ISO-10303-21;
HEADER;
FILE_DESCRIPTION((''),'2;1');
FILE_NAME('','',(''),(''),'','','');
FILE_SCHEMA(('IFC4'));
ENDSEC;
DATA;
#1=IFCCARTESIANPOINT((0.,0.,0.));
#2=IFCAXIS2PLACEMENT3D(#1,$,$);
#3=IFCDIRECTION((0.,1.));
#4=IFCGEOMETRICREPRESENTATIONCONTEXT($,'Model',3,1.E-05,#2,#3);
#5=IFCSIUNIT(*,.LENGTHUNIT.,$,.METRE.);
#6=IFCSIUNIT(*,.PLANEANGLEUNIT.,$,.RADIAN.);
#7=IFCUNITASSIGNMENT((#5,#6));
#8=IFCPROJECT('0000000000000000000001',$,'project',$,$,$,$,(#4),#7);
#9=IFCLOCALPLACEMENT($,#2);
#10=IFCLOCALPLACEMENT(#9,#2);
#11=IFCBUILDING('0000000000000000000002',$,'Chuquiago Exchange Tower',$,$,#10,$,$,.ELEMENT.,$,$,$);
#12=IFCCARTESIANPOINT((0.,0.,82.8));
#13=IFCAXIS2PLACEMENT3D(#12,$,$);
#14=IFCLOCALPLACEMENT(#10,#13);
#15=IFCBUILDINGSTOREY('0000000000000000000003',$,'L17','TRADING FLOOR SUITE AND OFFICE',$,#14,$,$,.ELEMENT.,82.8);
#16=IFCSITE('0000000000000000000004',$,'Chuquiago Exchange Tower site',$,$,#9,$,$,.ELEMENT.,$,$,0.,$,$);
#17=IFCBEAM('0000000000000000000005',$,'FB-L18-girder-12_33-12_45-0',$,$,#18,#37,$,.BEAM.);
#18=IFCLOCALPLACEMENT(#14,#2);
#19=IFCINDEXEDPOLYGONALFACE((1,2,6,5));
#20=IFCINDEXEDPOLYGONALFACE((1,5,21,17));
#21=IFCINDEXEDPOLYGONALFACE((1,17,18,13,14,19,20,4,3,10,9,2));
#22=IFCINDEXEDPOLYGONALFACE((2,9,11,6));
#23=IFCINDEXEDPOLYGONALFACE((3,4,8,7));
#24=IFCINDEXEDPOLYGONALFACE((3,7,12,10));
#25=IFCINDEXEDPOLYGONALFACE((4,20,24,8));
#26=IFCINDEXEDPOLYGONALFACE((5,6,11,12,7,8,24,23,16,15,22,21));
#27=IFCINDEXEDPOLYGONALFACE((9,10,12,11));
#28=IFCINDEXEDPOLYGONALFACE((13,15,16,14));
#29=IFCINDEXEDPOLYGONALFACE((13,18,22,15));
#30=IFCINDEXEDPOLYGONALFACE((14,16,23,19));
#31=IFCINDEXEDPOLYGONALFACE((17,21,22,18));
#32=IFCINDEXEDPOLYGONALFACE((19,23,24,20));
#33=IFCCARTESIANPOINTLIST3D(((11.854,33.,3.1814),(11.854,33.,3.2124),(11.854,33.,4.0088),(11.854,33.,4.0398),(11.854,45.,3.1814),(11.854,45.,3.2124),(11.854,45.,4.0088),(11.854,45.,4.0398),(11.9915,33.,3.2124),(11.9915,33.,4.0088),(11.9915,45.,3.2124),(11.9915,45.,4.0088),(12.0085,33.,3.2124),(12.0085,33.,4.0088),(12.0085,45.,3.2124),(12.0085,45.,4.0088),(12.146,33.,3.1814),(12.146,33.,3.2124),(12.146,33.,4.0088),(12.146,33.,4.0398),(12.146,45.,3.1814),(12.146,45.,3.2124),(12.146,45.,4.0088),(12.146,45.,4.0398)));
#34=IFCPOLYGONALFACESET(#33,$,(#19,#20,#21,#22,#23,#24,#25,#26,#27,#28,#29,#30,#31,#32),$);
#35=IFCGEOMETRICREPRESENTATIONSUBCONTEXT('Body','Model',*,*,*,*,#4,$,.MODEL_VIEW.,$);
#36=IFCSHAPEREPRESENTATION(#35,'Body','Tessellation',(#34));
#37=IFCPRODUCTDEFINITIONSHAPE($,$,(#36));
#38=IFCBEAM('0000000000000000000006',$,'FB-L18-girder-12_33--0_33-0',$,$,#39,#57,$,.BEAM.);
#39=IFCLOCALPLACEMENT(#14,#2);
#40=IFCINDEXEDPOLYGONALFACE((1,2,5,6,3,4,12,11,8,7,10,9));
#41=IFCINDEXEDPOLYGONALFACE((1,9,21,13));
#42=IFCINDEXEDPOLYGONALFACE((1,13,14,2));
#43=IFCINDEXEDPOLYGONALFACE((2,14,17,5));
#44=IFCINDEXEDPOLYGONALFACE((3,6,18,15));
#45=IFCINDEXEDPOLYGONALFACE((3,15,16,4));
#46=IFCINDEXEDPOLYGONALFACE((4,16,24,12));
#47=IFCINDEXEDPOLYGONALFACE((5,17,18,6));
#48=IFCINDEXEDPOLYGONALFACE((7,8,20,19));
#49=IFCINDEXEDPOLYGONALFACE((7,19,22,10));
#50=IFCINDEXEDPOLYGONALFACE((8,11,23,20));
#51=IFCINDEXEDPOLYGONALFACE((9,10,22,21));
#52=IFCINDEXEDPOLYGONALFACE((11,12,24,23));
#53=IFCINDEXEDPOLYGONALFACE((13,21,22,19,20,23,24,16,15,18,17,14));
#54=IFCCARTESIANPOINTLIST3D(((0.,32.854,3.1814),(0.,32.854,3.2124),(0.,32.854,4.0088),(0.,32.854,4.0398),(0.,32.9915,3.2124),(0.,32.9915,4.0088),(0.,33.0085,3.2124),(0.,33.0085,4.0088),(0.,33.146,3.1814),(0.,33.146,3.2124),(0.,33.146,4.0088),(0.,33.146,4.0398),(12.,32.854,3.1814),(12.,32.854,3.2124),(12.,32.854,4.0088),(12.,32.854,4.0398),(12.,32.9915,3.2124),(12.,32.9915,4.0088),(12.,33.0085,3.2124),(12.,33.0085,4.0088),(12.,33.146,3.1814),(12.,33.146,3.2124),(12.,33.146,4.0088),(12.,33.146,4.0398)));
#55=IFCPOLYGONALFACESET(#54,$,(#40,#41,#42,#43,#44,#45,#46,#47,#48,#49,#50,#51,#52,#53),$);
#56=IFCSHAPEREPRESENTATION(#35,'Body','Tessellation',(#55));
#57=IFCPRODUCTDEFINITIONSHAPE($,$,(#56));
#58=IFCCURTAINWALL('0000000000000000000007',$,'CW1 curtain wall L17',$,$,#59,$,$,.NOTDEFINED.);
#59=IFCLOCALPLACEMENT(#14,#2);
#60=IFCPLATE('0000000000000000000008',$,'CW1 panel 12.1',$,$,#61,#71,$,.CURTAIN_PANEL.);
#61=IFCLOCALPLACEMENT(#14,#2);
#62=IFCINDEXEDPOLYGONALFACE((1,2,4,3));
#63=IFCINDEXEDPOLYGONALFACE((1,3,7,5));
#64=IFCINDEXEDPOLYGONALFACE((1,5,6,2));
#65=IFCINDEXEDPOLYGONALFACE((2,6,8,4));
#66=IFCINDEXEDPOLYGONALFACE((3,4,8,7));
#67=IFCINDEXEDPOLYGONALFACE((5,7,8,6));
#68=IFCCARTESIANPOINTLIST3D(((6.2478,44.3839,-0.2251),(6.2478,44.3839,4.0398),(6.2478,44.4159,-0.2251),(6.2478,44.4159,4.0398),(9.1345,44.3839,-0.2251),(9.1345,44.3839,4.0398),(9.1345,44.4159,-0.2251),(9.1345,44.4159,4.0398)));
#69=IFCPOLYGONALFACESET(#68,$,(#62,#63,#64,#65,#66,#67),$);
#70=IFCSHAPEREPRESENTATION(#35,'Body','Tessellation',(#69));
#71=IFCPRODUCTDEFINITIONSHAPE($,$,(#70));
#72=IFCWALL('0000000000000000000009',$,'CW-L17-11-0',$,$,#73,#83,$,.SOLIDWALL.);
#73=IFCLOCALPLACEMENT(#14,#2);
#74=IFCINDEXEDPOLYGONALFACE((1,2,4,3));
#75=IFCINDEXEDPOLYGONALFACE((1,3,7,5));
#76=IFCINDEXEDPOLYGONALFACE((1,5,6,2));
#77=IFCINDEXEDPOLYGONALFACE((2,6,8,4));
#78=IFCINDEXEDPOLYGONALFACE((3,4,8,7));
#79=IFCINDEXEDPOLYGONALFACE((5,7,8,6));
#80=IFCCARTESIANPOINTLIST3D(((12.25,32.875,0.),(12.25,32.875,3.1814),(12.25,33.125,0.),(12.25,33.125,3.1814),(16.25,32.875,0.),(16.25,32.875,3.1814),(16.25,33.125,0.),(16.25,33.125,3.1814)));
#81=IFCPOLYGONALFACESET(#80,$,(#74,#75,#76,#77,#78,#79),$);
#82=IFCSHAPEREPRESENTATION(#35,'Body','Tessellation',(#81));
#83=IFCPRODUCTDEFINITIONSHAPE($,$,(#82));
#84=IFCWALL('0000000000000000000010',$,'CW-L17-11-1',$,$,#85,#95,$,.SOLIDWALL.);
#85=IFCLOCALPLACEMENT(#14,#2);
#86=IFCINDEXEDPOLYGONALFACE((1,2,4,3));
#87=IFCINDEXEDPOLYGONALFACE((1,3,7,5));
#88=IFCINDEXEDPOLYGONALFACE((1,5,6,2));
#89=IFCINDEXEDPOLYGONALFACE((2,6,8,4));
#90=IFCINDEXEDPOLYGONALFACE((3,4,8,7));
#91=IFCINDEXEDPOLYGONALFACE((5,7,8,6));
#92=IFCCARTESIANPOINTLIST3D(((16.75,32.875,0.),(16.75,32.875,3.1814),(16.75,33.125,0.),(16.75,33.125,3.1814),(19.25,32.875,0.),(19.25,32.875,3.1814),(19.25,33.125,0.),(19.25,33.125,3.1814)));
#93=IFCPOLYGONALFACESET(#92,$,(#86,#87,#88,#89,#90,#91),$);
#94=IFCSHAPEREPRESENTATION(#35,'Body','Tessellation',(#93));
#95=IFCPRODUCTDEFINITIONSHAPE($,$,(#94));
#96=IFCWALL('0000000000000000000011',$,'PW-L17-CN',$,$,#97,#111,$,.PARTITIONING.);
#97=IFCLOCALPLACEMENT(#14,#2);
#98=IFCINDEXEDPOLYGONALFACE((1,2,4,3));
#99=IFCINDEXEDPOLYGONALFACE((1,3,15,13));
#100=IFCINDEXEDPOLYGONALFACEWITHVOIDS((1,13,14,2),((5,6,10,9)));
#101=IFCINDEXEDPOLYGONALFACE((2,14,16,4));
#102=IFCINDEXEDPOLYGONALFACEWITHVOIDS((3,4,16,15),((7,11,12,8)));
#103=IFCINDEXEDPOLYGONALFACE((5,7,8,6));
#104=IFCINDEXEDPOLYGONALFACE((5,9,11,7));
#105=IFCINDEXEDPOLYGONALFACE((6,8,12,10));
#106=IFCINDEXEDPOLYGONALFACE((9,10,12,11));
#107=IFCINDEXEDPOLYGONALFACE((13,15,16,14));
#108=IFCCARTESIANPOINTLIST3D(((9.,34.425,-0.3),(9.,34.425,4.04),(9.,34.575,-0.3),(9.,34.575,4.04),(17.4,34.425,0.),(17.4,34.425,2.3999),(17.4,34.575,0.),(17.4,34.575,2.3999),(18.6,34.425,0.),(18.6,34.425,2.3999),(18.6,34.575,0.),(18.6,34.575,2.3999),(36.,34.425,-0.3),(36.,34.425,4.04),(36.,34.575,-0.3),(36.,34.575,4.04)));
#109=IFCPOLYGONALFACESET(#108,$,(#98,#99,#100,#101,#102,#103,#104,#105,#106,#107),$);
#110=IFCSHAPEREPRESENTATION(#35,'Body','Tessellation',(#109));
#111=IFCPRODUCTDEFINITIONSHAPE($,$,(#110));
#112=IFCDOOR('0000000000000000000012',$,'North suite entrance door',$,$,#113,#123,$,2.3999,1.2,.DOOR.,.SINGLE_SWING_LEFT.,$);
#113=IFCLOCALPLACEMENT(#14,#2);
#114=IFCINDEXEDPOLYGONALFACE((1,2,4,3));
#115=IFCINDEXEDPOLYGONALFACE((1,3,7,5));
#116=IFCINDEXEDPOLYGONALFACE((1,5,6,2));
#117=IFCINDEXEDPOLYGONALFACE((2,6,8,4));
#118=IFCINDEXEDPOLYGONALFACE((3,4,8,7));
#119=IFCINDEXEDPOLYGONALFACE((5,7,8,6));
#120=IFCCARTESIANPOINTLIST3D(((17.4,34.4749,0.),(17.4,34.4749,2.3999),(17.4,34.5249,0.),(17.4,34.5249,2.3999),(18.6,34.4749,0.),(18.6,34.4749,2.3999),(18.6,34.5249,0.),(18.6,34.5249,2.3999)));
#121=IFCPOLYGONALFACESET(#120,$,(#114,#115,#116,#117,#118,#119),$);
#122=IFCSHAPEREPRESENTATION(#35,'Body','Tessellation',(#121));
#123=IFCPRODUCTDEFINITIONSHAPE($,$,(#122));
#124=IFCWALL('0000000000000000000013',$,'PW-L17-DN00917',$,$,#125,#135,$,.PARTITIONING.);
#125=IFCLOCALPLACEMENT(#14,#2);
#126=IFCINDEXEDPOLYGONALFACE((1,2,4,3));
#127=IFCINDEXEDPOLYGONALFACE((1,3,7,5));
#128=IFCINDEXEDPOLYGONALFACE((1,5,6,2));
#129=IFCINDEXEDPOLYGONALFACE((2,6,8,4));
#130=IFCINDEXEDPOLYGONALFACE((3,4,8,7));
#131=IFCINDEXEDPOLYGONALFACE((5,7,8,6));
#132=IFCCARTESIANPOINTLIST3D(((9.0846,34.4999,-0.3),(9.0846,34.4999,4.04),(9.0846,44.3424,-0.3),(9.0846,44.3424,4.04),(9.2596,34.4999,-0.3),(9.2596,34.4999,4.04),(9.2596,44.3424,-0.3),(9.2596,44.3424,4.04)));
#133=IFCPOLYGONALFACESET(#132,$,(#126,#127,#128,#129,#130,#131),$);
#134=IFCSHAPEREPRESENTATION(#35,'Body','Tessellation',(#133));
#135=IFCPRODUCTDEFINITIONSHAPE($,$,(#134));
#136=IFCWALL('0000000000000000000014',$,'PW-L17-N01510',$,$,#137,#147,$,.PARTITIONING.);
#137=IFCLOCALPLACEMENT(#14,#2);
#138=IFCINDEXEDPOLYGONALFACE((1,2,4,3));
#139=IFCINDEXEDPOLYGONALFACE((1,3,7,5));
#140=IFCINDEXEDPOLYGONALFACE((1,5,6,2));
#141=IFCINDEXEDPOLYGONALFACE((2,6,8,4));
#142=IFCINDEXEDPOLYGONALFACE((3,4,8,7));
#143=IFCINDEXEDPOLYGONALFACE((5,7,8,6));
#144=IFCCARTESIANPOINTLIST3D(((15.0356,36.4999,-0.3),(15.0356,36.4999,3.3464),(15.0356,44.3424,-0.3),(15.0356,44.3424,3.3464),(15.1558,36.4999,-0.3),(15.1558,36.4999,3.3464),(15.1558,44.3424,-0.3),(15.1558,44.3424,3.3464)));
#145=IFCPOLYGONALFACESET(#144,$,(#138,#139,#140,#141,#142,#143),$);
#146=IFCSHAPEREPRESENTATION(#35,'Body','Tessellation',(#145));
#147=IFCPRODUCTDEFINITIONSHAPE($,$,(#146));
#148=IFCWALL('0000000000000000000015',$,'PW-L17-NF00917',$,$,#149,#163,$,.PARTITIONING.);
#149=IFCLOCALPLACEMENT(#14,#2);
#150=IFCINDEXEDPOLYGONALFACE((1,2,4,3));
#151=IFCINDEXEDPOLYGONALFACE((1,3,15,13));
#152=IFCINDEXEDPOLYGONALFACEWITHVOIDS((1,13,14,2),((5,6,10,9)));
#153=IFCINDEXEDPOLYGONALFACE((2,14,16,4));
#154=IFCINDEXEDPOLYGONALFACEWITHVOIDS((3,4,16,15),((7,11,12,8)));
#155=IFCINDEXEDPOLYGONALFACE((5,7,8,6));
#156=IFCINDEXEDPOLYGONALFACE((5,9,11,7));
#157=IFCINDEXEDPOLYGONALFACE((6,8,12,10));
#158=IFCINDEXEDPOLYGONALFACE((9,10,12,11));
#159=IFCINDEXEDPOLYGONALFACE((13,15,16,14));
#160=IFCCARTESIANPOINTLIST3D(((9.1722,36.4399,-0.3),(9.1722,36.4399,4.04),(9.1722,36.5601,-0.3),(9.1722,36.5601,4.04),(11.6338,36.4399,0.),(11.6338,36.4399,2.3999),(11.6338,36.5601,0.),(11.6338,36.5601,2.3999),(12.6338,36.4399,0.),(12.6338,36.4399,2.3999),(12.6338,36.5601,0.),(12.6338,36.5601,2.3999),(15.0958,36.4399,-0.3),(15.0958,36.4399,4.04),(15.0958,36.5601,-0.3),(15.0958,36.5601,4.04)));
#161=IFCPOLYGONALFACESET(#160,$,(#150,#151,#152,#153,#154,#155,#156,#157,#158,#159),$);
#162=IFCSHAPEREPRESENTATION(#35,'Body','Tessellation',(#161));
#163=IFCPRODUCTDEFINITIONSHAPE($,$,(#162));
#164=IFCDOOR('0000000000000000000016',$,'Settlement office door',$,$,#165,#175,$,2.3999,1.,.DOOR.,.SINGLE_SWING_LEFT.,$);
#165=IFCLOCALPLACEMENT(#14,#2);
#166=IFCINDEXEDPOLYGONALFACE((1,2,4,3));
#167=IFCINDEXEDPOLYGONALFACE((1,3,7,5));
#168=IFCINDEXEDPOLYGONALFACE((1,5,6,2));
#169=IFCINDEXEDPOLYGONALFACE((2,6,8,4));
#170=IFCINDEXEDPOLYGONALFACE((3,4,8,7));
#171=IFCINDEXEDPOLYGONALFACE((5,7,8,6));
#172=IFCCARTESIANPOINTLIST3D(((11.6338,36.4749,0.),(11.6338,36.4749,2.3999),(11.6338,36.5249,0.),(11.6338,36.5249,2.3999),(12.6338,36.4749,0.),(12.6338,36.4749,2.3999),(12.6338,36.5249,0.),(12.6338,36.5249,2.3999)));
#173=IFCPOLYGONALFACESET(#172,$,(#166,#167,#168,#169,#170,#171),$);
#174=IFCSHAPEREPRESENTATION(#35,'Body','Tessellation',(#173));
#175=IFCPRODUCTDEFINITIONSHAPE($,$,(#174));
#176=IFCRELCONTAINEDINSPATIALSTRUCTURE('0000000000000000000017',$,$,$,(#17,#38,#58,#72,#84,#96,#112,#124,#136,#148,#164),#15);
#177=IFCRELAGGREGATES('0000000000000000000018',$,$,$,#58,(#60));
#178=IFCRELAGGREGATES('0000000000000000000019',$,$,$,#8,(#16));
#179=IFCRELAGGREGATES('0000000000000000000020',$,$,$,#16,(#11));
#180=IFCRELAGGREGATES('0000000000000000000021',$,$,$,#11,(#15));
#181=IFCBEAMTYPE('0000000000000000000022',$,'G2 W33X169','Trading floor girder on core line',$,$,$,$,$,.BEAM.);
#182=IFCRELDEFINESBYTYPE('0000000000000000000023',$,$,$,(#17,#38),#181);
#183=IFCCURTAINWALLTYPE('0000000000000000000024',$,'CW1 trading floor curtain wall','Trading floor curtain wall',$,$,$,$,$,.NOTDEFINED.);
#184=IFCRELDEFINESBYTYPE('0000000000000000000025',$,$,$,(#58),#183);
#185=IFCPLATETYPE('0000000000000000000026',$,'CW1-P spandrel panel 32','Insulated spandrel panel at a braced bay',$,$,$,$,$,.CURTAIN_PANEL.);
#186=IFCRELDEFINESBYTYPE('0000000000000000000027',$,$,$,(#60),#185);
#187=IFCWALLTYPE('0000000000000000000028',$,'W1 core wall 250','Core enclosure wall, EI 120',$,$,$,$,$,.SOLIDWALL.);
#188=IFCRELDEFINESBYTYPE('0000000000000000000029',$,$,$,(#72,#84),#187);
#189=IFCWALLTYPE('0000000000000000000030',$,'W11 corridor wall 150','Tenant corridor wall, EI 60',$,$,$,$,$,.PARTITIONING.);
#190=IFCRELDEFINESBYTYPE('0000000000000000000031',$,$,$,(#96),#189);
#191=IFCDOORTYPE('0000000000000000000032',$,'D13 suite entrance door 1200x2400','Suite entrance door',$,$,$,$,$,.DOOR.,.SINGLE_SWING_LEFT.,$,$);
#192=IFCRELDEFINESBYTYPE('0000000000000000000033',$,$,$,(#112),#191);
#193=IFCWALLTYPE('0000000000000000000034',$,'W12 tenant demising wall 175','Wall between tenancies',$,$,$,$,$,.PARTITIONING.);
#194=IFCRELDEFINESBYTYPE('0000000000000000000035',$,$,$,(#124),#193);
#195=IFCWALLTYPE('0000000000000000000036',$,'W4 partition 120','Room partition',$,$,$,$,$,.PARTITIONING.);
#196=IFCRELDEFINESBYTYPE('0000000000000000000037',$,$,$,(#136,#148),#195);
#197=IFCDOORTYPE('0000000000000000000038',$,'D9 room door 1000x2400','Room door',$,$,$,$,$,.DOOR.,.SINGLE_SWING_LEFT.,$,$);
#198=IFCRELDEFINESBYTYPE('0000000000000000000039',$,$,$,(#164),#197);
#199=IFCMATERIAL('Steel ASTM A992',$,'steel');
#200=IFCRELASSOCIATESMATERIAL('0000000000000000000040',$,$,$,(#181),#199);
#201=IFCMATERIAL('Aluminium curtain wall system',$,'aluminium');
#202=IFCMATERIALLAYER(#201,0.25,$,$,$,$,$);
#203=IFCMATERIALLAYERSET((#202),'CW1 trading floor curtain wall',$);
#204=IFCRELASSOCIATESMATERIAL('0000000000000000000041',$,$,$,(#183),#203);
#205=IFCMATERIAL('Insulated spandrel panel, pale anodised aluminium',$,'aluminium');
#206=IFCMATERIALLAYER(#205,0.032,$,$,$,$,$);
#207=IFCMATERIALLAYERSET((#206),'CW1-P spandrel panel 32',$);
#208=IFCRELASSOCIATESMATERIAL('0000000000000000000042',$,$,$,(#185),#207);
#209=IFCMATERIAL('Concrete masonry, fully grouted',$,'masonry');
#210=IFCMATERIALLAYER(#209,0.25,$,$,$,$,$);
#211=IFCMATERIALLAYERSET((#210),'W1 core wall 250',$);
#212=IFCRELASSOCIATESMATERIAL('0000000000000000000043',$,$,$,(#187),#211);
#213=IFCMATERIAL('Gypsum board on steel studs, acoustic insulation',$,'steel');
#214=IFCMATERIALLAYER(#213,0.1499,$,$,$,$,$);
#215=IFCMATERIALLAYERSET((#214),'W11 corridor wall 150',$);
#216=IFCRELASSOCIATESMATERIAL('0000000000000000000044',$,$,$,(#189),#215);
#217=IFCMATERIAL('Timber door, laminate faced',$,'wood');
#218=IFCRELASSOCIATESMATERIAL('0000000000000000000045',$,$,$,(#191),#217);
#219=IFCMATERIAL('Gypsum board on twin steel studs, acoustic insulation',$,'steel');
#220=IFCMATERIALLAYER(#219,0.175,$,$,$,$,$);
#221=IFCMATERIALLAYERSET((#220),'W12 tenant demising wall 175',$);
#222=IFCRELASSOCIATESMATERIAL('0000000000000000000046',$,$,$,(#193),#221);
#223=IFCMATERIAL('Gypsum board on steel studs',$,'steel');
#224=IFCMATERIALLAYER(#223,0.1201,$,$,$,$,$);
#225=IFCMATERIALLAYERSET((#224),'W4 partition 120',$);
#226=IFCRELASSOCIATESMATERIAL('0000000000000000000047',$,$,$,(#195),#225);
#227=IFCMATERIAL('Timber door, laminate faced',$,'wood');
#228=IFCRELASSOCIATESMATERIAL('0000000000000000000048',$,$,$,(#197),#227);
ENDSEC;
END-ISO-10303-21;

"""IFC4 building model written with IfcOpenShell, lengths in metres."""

from ifc_helpers import new_model, si_unit, direction, frame, frame_2d, origin, origin_2d, place, context, subcontext, project, spatial, rectangle, i_section, extrude, material, layer, layer_set, material_profile, profile_set, type_object, element, fill, aggregate, save


model = new_model("IFC4")

# Units and contexts
model_context = context("Model", 3, precision=1e-05, world=origin(), true_north=direction((0.0, 1.0)))
body_context = subcontext(model_context, "Body", "Model", "MODEL_VIEW")
ifc_project = project(units=[si_unit("LENGTHUNIT", "METRE"), si_unit("PLANEANGLEUNIT", "RADIAN")], contexts=[model_context])

# Site, building, storey
site_placement = place(None, origin())
site = spatial("IfcSite", under=ifc_project, at=site_placement, Name="Chuquiago Exchange Tower site", CompositionType="ELEMENT", RefElevation=0.0)
building_placement = place(site_placement, origin())
building = spatial("IfcBuilding", under=site, at=building_placement, Name="Chuquiago Exchange Tower", CompositionType="ELEMENT")
storey_placement = place(building_placement, frame((0.0, 0.0, 82.8)))
storey = spatial("IfcBuildingStorey", under=building, at=storey_placement, Name="L17", Description="TRADING FLOOR SUITE AND OFFICE", CompositionType="ELEMENT", Elevation=82.8)

# Beams
ifc_material_1 = material(Name="Steel ASTM A992", Category="steel")
ifc_material_profile_1 = material_profile(ifc_material_1, i_section(OverallWidth=0.292, OverallDepth=0.8584, WebThickness=0.0171, FlangeThickness=0.031, at=origin_2d()), Name="W33X169")
ifc_profile_set_1 = profile_set([ifc_material_profile_1], Name="Steel ASTM A992")
beam_type_1 = type_object("IfcBeamType", Name="G2 W33X169", Description="Trading floor girder on core line", PredefinedType="BEAM", material=ifc_profile_set_1)
for number, where, z_axis, x_axis, name in (
    (1, (12.0, 33.0, 3.6106), (0.0, 1.0, 0.0), (-1.0, 0.0, 0.0), "FB-L18-girder-12_33-12_45-0"),
    (2, (12.0, 33.0, 3.6106), (-1.0, 0.0, 0.0), (0.0, -1.0, 0.0), "FB-L18-girder-12_33--0_33-0"),
):
    element("IfcBeam", number, at=place(storey_placement, frame(where, z_axis=z_axis, x_axis=x_axis)), inside=storey, type_object=beam_type_1, Name=name, PredefinedType="BEAM", context=body_context, shape_type="SweptSolid", body=[
        extrude(i_section(OverallWidth=0.292, OverallDepth=0.8584, WebThickness=0.0171, FlangeThickness=0.031, at=origin_2d()), origin(), (0.0, 0.0, 1.0), 12.0),
    ])

# Curtain wall, plate
ifc_material_2 = material(Name="Aluminium curtain wall system", Category="aluminium")
ifc_layer_1 = layer(ifc_material_2, 0.25)
ifc_layer_set_1 = layer_set([ifc_layer_1], Name="CW1 trading floor curtain wall")
curtain_wall_type = type_object("IfcCurtainWallType", Name="CW1 trading floor curtain wall", Description="Trading floor curtain wall", PredefinedType="NOTDEFINED", material=ifc_layer_set_1)
curtain_wall_placement = place(storey_placement, origin())
curtain_wall = element("IfcCurtainWall", 3, at=curtain_wall_placement, inside=storey, type_object=curtain_wall_type, Name="CW1 curtain wall L17", PredefinedType="NOTDEFINED")
ifc_material_3 = material(Name="Insulated spandrel panel, pale anodised aluminium", Category="aluminium")
ifc_layer_2 = layer(ifc_material_3, 0.032)
ifc_layer_set_2 = layer_set([ifc_layer_2], Name="CW1-P spandrel panel 32")
plate_type = type_object("IfcPlateType", Name="CW1-P spandrel panel 32", Description="Insulated spandrel panel at a braced bay", PredefinedType="CURTAIN_PANEL", material=ifc_layer_set_2)
plate_placement = place(storey_placement, frame((7.6912, 44.3999, -0.2251), z_axis=(0.0, 0.0, 1.0), x_axis=(-1.0, 0.0, 0.0)))
plate = element("IfcPlate", 4, at=plate_placement, type_object=plate_type, Name="CW1 panel 12.1", PredefinedType="CURTAIN_PANEL", context=body_context, shape_type="SweptSolid", body=[
    extrude(rectangle(XDim=2.8867, YDim=0.032, at=origin_2d()), origin(), (0.0, 0.0, 1.0), 4.2649),
])
aggregate(curtain_wall, [plate])

# Walls
ifc_material_4 = material(Name="Concrete masonry, fully grouted", Category="masonry")
ifc_layer_3 = layer(ifc_material_4, 0.25)
ifc_layer_set_3 = layer_set([ifc_layer_3], Name="W1 core wall 250")
wall_type_1 = type_object("IfcWallType", Name="W1 core wall 250", Description="Core enclosure wall, EI 120", PredefinedType="SOLIDWALL", material=ifc_layer_set_3)
wall_1_placement = place(storey_placement, frame((12.25, 33.0, 0.0), z_axis=(0.0, 0.0, 1.0), x_axis=(1.0, 0.0, 0.0)))
element("IfcWall", 5, at=wall_1_placement, inside=storey, type_object=wall_type_1, Name="CW-L17-11-0", PredefinedType="SOLIDWALL", context=body_context, shape_type="SweptSolid", body=[
    extrude(rectangle(XDim=4.0, YDim=0.25, at=frame_2d((2.0, 0.0))), origin(), (0.0, 0.0, 1.0), 3.1814),
])
wall_2_placement = place(storey_placement, frame((16.75, 33.0, 0.0), z_axis=(0.0, 0.0, 1.0), x_axis=(1.0, 0.0, 0.0)))
element("IfcWall", 6, at=wall_2_placement, inside=storey, type_object=wall_type_1, Name="CW-L17-11-1", PredefinedType="SOLIDWALL", context=body_context, shape_type="SweptSolid", body=[
    extrude(rectangle(XDim=2.5, YDim=0.25, at=frame_2d((1.25, 0.0))), origin(), (0.0, 0.0, 1.0), 3.1814),
])

# Wall, opening, door
ifc_material_5 = material(Name="Gypsum board on steel studs, acoustic insulation", Category="steel")
ifc_layer_4 = layer(ifc_material_5, 0.1499)
ifc_layer_set_4 = layer_set([ifc_layer_4], Name="W11 corridor wall 150")
wall_type_2 = type_object("IfcWallType", Name="W11 corridor wall 150", Description="Tenant corridor wall, EI 60", PredefinedType="PARTITIONING", material=ifc_layer_set_4)
wall_3_placement = place(storey_placement, frame((9.0, 34.5, -0.3), z_axis=(0.0, 0.0, 1.0), x_axis=(1.0, 0.0, 0.0)))
wall_3 = element("IfcWall", 7, at=wall_3_placement, inside=storey, type_object=wall_type_2, Name="PW-L17-CN", PredefinedType="PARTITIONING", context=body_context, shape_type="SweptSolid", body=[
    extrude(rectangle(XDim=27.0, YDim=0.1499, at=frame_2d((13.5, 0.0))), origin(), (0.0, 0.0, 1.0), 4.3401),
])
opening_1_placement = place(wall_3_placement, frame((8.3999, 0.0, 0.3)))
opening_1 = element("IfcOpeningElement", 8, at=opening_1_placement, cuts=wall_3, PredefinedType="OPENING", context=body_context, shape_type="SweptSolid", body=[
    extrude(rectangle(XDim=1.2, YDim=2.3999, at=frame_2d((0.6001, 1.2))), frame((0.0, 0.085, 0.0), z_axis=(0.0, -1.0, 0.0), x_axis=(1.0, 0.0, 0.0)), (0.0, 0.0, 1.0), 0.1699),
])
ifc_material_6 = material(Name="Timber door, laminate faced", Category="wood")
door_type_1 = type_object("IfcDoorType", Name="D13 suite entrance door 1200x2400", Description="Suite entrance door", OperationType="SINGLE_SWING_LEFT", PredefinedType="DOOR", material=ifc_material_6)
door_1_placement = place(opening_1_placement, origin())
door_1 = element("IfcDoor", 9, at=door_1_placement, inside=storey, type_object=door_type_1, Name="North suite entrance door", OperationType="SINGLE_SWING_LEFT", OverallHeight=2.3999, OverallWidth=1.2, PredefinedType="DOOR", context=body_context, shape_type="SweptSolid", body=[
    extrude(rectangle(XDim=1.2, YDim=2.3999, at=frame_2d((0.6001, 1.2))), frame((0.0, 0.0249, 0.0), z_axis=(0.0, -1.0, 0.0), x_axis=(1.0, 0.0, 0.0)), (0.0, 0.0, 1.0), 0.05),
])
fill(opening_1, door_1)

# Walls
ifc_material_7 = material(Name="Gypsum board on twin steel studs, acoustic insulation", Category="steel")
ifc_layer_5 = layer(ifc_material_7, 0.175)
ifc_layer_set_5 = layer_set([ifc_layer_5], Name="W12 tenant demising wall 175")
wall_type_3 = type_object("IfcWallType", Name="W12 tenant demising wall 175", Description="Wall between tenancies", PredefinedType="PARTITIONING", material=ifc_layer_set_5)
wall_4_placement = place(storey_placement, frame((9.1721, 44.3425, -0.3), z_axis=(0.0, 0.0, 1.0), x_axis=(0.0, -1.0, 0.0)))
element("IfcWall", 10, at=wall_4_placement, inside=storey, type_object=wall_type_3, Name="PW-L17-DN00917", PredefinedType="PARTITIONING", context=body_context, shape_type="SweptSolid", body=[
    extrude(rectangle(XDim=9.8425, YDim=0.175, at=frame_2d((4.9214, 0.0))), origin(), (0.0, 0.0, 1.0), 4.3401),
])
ifc_material_8 = material(Name="Gypsum board on steel studs", Category="steel")
ifc_layer_6 = layer(ifc_material_8, 0.1201)
ifc_layer_set_6 = layer_set([ifc_layer_6], Name="W4 partition 120")
wall_type_4 = type_object("IfcWallType", Name="W4 partition 120", Description="Room partition", PredefinedType="PARTITIONING", material=ifc_layer_set_6)
wall_5_placement = place(storey_placement, frame((15.0957, 44.3425, -0.3), z_axis=(0.0, 0.0, 1.0), x_axis=(0.0, -1.0, 0.0)))
element("IfcWall", 11, at=wall_5_placement, inside=storey, type_object=wall_type_4, Name="PW-L17-N01510", PredefinedType="PARTITIONING", context=body_context, shape_type="SweptSolid", body=[
    extrude(rectangle(XDim=7.8425, YDim=0.1201, at=frame_2d((3.9214, 0.0))), origin(), (0.0, 0.0, 1.0), 3.6465),
])

# Wall, opening, door
wall_6_placement = place(storey_placement, frame((9.1721, 36.5, -0.3), z_axis=(0.0, 0.0, 1.0), x_axis=(1.0, 0.0, 0.0)))
wall_6 = element("IfcWall", 12, at=wall_6_placement, inside=storey, type_object=wall_type_4, Name="PW-L17-NF00917", PredefinedType="PARTITIONING", context=body_context, shape_type="SweptSolid", body=[
    extrude(rectangle(XDim=5.9236, YDim=0.1201, at=frame_2d((2.9619, 0.0))), origin(), (0.0, 0.0, 1.0), 4.3401),
])
opening_2_placement = place(wall_6_placement, frame((2.4617, 0.0, 0.3)))
opening_2 = element("IfcOpeningElement", 13, at=opening_2_placement, cuts=wall_6, PredefinedType="OPENING", context=body_context, shape_type="SweptSolid", body=[
    extrude(rectangle(XDim=1.0, YDim=2.3999, at=frame_2d((0.5, 1.2))), frame((0.0, 0.0701, 0.0), z_axis=(0.0, -1.0, 0.0), x_axis=(1.0, 0.0, 0.0)), (0.0, 0.0, 1.0), 0.1401),
])
ifc_material_9 = material(Name="Timber door, laminate faced", Category="wood")
door_type_2 = type_object("IfcDoorType", Name="D9 room door 1000x2400", Description="Room door", OperationType="SINGLE_SWING_LEFT", PredefinedType="DOOR", material=ifc_material_9)
door_2_placement = place(opening_2_placement, origin())
door_2 = element("IfcDoor", 14, at=door_2_placement, inside=storey, type_object=door_type_2, Name="Settlement office door", OperationType="SINGLE_SWING_LEFT", OverallHeight=2.3999, OverallWidth=1.0, PredefinedType="DOOR", context=body_context, shape_type="SweptSolid", body=[
    extrude(rectangle(XDim=1.0, YDim=2.3999, at=frame_2d((0.5, 1.2))), frame((0.0, 0.0249, 0.0), z_axis=(0.0, -1.0, 0.0), x_axis=(1.0, 0.0, 0.0)), (0.0, 0.0, 1.0), 0.05),
])
fill(opening_2, door_2)

save(model, "model.ifc")
